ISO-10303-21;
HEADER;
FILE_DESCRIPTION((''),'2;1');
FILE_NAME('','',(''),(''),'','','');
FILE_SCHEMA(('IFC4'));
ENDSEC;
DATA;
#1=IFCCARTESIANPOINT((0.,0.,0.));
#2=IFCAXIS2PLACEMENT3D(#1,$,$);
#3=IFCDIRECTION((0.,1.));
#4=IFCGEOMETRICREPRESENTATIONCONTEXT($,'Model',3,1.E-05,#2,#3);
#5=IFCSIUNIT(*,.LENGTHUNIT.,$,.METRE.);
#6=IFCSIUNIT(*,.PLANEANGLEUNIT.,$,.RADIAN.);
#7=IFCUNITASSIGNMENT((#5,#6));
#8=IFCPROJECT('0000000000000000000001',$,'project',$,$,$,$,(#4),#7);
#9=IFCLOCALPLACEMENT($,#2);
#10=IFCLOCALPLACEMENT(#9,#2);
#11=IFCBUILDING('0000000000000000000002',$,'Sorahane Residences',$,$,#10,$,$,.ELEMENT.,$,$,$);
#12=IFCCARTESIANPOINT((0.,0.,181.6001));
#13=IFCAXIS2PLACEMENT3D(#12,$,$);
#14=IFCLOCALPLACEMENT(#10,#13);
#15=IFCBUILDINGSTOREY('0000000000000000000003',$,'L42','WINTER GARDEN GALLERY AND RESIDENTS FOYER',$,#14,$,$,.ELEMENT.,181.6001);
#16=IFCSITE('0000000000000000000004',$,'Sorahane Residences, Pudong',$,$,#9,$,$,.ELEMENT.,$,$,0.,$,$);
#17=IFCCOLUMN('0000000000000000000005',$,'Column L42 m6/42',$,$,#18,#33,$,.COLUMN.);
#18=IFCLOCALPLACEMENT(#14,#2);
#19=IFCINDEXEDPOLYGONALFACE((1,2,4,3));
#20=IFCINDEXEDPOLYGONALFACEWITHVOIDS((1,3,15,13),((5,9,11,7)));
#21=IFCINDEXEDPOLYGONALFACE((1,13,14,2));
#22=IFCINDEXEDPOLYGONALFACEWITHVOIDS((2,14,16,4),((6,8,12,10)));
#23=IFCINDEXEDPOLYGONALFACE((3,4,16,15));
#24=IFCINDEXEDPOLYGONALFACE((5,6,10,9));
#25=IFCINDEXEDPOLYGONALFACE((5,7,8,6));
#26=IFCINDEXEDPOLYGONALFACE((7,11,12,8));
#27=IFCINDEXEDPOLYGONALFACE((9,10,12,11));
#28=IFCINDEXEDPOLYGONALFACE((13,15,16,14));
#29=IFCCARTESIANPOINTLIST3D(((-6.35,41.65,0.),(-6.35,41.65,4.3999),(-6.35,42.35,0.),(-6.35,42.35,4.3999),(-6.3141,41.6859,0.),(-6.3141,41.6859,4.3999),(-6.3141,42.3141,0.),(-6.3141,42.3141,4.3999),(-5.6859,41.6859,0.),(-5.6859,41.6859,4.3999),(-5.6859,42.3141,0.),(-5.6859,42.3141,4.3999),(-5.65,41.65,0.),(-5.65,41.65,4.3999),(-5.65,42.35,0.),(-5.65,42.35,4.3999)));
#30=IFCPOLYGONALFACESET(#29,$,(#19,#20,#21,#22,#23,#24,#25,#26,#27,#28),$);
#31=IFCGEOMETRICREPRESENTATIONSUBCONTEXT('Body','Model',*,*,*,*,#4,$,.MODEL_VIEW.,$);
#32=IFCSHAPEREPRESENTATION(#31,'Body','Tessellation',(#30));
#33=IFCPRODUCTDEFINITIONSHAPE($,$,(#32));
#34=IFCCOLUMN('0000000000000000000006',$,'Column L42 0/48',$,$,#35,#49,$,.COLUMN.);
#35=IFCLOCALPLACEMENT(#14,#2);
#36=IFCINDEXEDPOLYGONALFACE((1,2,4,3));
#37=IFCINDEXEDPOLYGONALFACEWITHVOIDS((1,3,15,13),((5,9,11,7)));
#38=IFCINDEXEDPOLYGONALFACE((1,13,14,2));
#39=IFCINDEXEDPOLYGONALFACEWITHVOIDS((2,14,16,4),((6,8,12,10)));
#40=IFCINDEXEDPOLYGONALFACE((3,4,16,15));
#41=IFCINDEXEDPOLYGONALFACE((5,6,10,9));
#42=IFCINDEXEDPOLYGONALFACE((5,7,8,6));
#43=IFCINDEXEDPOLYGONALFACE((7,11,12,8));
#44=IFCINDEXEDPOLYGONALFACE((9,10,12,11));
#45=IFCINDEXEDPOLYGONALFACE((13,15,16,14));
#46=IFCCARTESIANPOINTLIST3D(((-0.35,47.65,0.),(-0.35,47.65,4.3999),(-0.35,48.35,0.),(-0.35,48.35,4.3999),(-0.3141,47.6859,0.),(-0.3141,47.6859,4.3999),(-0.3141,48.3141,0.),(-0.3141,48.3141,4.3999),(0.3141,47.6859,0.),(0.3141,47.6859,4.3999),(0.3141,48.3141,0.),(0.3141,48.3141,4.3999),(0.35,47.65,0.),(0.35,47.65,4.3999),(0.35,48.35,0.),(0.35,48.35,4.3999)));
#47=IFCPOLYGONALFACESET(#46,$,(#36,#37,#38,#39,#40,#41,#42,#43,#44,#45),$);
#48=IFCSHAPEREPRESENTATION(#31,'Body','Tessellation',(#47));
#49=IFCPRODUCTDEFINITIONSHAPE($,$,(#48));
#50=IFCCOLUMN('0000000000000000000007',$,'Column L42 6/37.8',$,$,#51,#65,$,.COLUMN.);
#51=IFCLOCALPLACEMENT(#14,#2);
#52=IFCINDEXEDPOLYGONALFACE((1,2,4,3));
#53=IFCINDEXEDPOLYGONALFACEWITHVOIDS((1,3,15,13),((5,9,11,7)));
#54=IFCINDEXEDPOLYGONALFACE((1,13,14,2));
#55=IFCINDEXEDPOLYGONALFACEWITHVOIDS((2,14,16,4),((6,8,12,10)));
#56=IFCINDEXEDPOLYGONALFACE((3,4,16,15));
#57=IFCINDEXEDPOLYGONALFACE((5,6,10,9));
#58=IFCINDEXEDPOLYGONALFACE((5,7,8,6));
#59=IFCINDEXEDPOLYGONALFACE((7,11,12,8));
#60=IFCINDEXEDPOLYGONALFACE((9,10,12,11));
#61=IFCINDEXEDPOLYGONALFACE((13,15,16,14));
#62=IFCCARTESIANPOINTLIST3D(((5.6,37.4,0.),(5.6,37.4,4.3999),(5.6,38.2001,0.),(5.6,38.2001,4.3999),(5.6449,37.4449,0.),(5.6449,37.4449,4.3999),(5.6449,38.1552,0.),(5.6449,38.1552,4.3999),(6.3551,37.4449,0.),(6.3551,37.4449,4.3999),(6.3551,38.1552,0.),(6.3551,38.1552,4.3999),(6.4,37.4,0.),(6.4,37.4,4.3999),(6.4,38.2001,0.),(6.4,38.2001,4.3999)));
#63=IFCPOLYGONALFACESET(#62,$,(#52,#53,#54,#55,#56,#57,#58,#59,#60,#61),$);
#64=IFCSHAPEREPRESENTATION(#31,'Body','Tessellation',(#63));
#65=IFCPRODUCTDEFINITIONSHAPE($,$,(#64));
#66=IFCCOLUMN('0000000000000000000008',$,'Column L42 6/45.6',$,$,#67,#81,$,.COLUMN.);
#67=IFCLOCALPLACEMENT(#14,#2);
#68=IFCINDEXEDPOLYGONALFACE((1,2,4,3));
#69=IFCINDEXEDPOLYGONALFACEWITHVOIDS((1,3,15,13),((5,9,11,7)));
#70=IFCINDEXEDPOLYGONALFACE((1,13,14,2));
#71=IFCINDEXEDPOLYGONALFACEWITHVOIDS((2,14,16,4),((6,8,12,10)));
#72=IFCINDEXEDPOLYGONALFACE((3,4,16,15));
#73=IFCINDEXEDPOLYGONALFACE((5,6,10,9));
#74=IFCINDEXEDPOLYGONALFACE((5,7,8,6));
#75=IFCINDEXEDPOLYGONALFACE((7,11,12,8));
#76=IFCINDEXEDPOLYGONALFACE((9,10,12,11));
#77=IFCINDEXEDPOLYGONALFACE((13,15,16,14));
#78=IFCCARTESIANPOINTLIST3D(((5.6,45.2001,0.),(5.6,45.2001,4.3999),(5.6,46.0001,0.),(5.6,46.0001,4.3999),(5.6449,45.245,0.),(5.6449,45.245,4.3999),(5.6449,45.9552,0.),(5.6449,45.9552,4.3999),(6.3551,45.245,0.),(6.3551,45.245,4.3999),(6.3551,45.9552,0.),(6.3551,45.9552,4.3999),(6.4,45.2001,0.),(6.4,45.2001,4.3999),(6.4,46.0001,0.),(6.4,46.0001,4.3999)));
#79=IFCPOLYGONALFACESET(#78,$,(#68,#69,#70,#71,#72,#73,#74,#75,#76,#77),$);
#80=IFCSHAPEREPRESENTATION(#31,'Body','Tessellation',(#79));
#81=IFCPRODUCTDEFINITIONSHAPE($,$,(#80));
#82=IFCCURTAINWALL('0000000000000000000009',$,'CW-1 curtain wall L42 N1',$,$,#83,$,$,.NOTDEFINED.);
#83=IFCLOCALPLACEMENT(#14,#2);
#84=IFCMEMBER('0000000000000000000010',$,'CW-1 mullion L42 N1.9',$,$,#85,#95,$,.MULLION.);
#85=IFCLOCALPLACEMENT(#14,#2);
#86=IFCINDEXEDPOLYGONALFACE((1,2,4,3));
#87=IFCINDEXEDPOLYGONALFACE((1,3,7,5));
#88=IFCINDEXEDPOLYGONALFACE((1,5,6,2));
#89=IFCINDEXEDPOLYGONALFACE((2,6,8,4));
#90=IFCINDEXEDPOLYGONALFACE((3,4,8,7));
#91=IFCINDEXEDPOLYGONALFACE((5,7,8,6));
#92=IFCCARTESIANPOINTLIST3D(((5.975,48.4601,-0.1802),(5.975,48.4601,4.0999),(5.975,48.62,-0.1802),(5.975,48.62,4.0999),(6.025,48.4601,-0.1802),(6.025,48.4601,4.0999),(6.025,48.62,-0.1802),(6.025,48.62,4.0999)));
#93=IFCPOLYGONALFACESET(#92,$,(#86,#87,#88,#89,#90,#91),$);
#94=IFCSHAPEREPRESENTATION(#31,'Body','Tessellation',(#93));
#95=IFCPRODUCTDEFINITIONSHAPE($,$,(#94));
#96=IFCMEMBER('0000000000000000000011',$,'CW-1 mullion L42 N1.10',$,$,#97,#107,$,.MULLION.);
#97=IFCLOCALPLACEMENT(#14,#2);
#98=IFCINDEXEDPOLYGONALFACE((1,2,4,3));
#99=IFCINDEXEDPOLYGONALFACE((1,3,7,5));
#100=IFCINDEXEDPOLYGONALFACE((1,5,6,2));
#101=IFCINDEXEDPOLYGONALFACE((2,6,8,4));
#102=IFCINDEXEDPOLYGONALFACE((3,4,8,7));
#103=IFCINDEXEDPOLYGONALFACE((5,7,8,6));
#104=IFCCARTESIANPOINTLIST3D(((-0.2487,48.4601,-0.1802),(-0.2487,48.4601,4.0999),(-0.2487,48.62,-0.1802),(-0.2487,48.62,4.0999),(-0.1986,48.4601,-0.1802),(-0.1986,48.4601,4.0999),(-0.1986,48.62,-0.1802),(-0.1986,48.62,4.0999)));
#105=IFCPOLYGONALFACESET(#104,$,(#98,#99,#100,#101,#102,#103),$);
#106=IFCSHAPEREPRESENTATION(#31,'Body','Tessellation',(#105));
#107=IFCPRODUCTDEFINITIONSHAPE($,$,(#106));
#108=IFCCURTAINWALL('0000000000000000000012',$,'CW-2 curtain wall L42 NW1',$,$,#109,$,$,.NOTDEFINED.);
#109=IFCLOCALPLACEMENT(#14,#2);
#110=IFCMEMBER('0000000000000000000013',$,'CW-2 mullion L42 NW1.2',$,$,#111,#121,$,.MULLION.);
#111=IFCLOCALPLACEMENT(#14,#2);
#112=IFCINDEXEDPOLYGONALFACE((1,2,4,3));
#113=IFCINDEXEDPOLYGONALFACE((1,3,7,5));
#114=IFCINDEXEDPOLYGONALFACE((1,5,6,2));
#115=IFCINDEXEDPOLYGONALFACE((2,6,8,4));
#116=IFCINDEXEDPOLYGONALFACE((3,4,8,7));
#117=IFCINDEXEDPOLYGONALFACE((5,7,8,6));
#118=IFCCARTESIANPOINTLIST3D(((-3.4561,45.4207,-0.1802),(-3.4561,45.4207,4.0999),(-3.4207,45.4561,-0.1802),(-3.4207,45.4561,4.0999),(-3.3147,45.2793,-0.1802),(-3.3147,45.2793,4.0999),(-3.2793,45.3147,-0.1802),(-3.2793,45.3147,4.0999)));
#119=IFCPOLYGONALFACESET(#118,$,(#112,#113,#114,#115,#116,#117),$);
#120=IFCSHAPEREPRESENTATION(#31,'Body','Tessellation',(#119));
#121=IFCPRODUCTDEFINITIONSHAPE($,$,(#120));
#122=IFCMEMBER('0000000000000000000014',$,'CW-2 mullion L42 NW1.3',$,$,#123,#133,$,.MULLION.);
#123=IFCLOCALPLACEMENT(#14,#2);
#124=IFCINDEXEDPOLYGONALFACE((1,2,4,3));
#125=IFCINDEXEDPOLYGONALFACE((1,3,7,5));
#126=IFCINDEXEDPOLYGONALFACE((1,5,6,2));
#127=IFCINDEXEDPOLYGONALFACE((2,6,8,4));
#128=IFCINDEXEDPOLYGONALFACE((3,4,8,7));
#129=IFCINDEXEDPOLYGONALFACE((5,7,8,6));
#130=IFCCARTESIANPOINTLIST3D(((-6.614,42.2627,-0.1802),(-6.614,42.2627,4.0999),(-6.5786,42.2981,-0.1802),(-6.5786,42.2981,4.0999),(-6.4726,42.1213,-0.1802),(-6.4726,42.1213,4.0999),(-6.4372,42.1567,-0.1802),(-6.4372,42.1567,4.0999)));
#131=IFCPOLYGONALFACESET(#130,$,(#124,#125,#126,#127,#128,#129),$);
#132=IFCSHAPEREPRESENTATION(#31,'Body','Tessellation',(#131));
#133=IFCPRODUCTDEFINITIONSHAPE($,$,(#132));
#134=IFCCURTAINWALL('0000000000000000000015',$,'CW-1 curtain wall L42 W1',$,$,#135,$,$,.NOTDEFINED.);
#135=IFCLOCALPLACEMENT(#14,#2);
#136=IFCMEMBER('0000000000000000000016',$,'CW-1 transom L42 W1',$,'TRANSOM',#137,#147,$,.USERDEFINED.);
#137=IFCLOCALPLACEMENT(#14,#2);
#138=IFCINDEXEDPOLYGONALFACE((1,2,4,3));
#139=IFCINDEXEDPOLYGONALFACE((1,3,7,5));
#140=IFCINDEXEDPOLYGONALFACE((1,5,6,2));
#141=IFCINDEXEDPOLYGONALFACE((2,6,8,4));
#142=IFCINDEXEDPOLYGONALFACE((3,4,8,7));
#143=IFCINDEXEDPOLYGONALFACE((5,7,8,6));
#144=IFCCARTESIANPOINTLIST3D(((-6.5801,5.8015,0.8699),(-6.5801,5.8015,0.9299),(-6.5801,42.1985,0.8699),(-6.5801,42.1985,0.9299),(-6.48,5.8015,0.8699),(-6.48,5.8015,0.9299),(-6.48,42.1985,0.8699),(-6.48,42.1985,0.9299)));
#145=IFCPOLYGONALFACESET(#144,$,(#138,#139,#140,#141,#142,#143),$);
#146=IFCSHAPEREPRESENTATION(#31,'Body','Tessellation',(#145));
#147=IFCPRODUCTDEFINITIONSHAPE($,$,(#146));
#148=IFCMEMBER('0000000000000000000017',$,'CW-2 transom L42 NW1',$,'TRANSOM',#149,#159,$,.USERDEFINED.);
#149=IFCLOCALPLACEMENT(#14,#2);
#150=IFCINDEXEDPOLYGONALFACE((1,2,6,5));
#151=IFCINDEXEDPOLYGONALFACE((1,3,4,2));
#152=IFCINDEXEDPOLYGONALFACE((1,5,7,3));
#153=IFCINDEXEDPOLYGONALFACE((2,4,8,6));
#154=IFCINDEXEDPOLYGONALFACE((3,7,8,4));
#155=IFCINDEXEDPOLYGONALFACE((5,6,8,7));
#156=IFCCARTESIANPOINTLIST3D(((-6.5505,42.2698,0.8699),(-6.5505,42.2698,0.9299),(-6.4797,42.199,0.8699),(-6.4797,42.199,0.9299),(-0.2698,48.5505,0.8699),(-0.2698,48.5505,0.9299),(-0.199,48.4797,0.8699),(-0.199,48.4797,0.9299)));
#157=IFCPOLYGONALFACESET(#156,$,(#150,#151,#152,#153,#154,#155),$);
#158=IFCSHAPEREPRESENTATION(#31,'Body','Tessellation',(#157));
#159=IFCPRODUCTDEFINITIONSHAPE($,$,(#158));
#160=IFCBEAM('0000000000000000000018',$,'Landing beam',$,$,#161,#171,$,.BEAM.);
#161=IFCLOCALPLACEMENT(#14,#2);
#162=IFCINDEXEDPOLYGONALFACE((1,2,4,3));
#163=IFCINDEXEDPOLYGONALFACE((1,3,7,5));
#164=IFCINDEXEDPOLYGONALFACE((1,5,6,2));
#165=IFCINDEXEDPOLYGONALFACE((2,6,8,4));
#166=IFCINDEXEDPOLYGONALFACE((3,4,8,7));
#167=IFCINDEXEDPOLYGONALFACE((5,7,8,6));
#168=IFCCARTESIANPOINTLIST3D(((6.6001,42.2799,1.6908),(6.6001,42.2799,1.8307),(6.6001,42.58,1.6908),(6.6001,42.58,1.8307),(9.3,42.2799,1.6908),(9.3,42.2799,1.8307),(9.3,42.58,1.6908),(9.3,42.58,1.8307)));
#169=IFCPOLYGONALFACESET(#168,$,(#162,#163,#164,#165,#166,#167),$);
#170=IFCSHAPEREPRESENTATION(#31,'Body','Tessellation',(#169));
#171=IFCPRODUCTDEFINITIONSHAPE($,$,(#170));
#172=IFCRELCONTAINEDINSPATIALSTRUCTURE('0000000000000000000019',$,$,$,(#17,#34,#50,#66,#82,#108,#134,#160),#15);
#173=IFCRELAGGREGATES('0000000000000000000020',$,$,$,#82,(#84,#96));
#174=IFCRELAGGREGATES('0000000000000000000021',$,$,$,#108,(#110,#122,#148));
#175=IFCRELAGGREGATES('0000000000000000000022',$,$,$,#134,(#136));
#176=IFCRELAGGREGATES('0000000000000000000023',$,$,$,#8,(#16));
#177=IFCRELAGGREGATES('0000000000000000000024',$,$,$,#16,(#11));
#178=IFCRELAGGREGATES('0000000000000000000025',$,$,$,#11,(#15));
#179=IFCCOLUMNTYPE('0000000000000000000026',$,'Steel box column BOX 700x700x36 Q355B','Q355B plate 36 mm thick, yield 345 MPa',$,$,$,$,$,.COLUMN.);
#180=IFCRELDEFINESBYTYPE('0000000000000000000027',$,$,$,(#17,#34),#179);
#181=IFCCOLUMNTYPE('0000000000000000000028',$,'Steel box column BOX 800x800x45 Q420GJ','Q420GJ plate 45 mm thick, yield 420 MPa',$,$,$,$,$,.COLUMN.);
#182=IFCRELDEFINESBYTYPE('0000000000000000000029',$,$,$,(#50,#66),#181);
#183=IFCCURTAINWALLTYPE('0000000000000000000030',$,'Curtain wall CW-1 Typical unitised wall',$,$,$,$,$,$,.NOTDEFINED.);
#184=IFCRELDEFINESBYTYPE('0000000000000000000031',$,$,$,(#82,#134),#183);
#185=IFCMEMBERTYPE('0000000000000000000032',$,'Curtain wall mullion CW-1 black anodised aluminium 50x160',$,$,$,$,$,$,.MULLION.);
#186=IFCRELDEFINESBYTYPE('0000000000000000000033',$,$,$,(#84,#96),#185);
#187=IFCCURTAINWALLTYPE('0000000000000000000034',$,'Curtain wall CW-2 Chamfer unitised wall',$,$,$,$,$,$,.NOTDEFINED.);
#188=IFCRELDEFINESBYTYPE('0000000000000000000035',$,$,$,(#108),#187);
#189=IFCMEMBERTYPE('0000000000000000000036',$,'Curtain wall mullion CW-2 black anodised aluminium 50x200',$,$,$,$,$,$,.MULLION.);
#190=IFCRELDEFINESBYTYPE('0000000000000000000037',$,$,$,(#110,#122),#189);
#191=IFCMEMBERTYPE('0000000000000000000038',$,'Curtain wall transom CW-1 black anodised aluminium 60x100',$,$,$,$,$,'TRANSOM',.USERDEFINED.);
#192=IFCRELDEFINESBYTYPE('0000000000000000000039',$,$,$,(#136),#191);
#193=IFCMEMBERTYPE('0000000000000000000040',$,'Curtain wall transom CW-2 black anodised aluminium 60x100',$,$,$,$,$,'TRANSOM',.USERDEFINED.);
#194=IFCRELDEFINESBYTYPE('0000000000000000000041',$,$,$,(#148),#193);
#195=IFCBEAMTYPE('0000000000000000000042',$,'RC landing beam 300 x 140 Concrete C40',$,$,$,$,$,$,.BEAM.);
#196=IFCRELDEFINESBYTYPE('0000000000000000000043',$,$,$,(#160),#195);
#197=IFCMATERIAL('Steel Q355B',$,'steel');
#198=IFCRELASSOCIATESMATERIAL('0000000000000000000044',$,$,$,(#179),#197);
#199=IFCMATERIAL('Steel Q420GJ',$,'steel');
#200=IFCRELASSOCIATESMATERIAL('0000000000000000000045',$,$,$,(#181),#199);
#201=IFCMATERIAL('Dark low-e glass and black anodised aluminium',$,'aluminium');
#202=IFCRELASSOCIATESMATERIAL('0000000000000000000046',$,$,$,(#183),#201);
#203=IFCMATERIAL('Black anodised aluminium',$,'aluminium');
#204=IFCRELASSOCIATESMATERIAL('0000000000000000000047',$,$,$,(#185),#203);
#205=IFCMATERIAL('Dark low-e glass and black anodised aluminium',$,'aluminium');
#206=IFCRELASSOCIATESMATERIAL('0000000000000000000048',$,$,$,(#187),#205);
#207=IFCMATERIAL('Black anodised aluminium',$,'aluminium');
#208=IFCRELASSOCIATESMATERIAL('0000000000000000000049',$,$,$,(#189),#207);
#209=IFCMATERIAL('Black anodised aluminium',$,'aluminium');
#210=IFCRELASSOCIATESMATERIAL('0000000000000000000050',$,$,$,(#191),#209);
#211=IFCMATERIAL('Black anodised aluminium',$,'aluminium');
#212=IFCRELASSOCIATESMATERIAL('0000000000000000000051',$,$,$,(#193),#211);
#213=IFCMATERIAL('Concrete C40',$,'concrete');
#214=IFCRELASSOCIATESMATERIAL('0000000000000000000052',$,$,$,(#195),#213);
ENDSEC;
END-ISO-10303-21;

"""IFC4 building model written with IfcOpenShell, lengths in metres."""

from ifc_helpers import new_model, si_unit, direction, frame, origin, origin_2d, place, context, subcontext, project, spatial, rectangle, hollow_rectangle, extrude, material, material_profile, profile_set, type_object, element, aggregate, save


model = new_model("IFC4")

# Units and contexts
model_context = context("Model", 3, precision=1e-05, world=origin(), true_north=direction((0.0, 1.0)))
body_context = subcontext(model_context, "Body", "Model", "MODEL_VIEW")
ifc_project = project(units=[si_unit("LENGTHUNIT", "METRE"), si_unit("PLANEANGLEUNIT", "RADIAN")], contexts=[model_context])

# Site, building, storey
site_placement = place(None, origin())
site = spatial("IfcSite", under=ifc_project, at=site_placement, Name="Sorahane Residences, Pudong", CompositionType="ELEMENT", RefElevation=0.0)
building_placement = place(site_placement, origin())
building = spatial("IfcBuilding", under=site, at=building_placement, Name="Sorahane Residences", CompositionType="ELEMENT")
storey_placement = place(building_placement, frame((0.0, 0.0, 181.6001)))
storey = spatial("IfcBuildingStorey", under=building, at=storey_placement, Name="L42", Description="WINTER GARDEN GALLERY AND RESIDENTS FOYER", CompositionType="ELEMENT", Elevation=181.6001)

# Columns
ifc_material_1 = material(Name="Steel Q355B", Category="steel")
ifc_material_profile_1 = material_profile(ifc_material_1, hollow_rectangle(XDim=0.7, YDim=0.7, WallThickness=0.0359, at=origin_2d()), Name="BOX 700x700x36")
ifc_profile_set_1 = profile_set([ifc_material_profile_1], Name="Steel Q355B")
column_type_1 = type_object("IfcColumnType", Name="Steel box column BOX 700x700x36 Q355B", Description="Q355B plate 36 mm thick, yield 345 MPa", PredefinedType="COLUMN", material=ifc_profile_set_1)
for number, where, z_axis, x_axis, name in (
    (1, (-6.0, 42.0, 0.0), (0.0, 0.0, 1.0), (1.0, 0.0, 0.0), "Column L42 m6/42"),
    (2, (0.0, 48.0, 0.0), (0.0, 0.0, 1.0), (1.0, 0.0, 0.0), "Column L42 0/48"),
):
    element("IfcColumn", number, at=place(storey_placement, frame(where, z_axis=z_axis, x_axis=x_axis)), inside=storey, type_object=column_type_1, Name=name, PredefinedType="COLUMN", context=body_context, shape_type="SweptSolid", body=[
        extrude(hollow_rectangle(XDim=0.7, YDim=0.7, WallThickness=0.0359, at=origin_2d()), origin(), (0.0, 0.0, 1.0), 4.3999),
    ])
ifc_material_2 = material(Name="Steel Q420GJ", Category="steel")
ifc_material_profile_2 = material_profile(ifc_material_2, hollow_rectangle(XDim=0.8, YDim=0.8, WallThickness=0.0449, at=origin_2d()), Name="BOX 800x800x45")
ifc_profile_set_2 = profile_set([ifc_material_profile_2], Name="Steel Q420GJ")
column_type_2 = type_object("IfcColumnType", Name="Steel box column BOX 800x800x45 Q420GJ", Description="Q420GJ plate 45 mm thick, yield 420 MPa", PredefinedType="COLUMN", material=ifc_profile_set_2)
for number, where, z_axis, x_axis, name in (
    (3, (6.0, 37.8, 0.0), (0.0, 0.0, 1.0), (1.0, 0.0, 0.0), "Column L42 6/37.8"),
    (4, (6.0, 45.6001, 0.0), (0.0, 0.0, 1.0), (1.0, 0.0, 0.0), "Column L42 6/45.6"),
):
    element("IfcColumn", number, at=place(storey_placement, frame(where, z_axis=z_axis, x_axis=x_axis)), inside=storey, type_object=column_type_2, Name=name, PredefinedType="COLUMN", context=body_context, shape_type="SweptSolid", body=[
        extrude(hollow_rectangle(XDim=0.8, YDim=0.8, WallThickness=0.0449, at=origin_2d()), origin(), (0.0, 0.0, 1.0), 4.3999),
    ])

# Curtain walls, members
ifc_material_3 = material(Name="Dark low-e glass and black anodised aluminium", Category="aluminium")
curtain_wall_type_1 = type_object("IfcCurtainWallType", Name="Curtain wall CW-1 Typical unitised wall", PredefinedType="NOTDEFINED", material=ifc_material_3)
curtain_wall_1_placement = place(storey_placement, origin())
curtain_wall_1 = element("IfcCurtainWall", 5, at=curtain_wall_1_placement, inside=storey, type_object=curtain_wall_type_1, Name="CW-1 curtain wall L42 N1", PredefinedType="NOTDEFINED")
ifc_material_4 = material(Name="Black anodised aluminium", Category="aluminium")
ifc_material_profile_3 = material_profile(ifc_material_4, rectangle(XDim=0.1599, YDim=0.05, at=origin_2d()), Name="Curtain wall mullion CW-1 black anodised aluminium 50x160")
ifc_profile_set_3 = profile_set([ifc_material_profile_3], Name="Black anodised aluminium")
member_type_1 = type_object("IfcMemberType", Name="Curtain wall mullion CW-1 black anodised aluminium 50x160", PredefinedType="MULLION", material=ifc_profile_set_3)
member_1_placement = place(storey_placement, frame((6.0, 48.54, -0.1802), z_axis=(0.0, 0.0, 1.0), x_axis=(0.0, 1.0, 0.0)))
member_1 = element("IfcMember", 6, at=member_1_placement, type_object=member_type_1, Name="CW-1 mullion L42 N1.9", PredefinedType="MULLION", context=body_context, shape_type="SweptSolid", body=[
    extrude(rectangle(XDim=0.1599, YDim=0.05, at=origin_2d()), origin(), (0.0, 0.0, 1.0), 4.28),
])
member_2_placement = place(storey_placement, frame((-0.2236, 48.54, -0.1802), z_axis=(0.0, 0.0, 1.0), x_axis=(0.0, 1.0, 0.0)))
member_2 = element("IfcMember", 7, at=member_2_placement, type_object=member_type_1, Name="CW-1 mullion L42 N1.10", PredefinedType="MULLION", context=body_context, shape_type="SweptSolid", body=[
    extrude(rectangle(XDim=0.1599, YDim=0.05, at=origin_2d()), origin(), (0.0, 0.0, 1.0), 4.28),
])
ifc_material_5 = material(Name="Dark low-e glass and black anodised aluminium", Category="aluminium")
curtain_wall_type_2 = type_object("IfcCurtainWallType", Name="Curtain wall CW-2 Chamfer unitised wall", PredefinedType="NOTDEFINED", material=ifc_material_5)
curtain_wall_2_placement = place(storey_placement, origin())
curtain_wall_2 = element("IfcCurtainWall", 8, at=curtain_wall_2_placement, inside=storey, type_object=curtain_wall_type_2, Name="CW-2 curtain wall L42 NW1", PredefinedType="NOTDEFINED")
ifc_material_6 = material(Name="Black anodised aluminium", Category="aluminium")
ifc_material_profile_4 = material_profile(ifc_material_6, rectangle(XDim=0.2, YDim=0.05, at=origin_2d()), Name="Curtain wall mullion CW-2 black anodised aluminium 50x200")
ifc_profile_set_4 = profile_set([ifc_material_profile_4], Name="Black anodised aluminium")
member_type_2 = type_object("IfcMemberType", Name="Curtain wall mullion CW-2 black anodised aluminium 50x200", PredefinedType="MULLION", material=ifc_profile_set_4)
member_3_placement = place(storey_placement, frame((-3.3677, 45.3677, -0.1802), z_axis=(0.0, 0.0, 1.0), x_axis=(-0.707107, 0.707107, 0.0)))
member_3 = element("IfcMember", 9, at=member_3_placement, type_object=member_type_2, Name="CW-2 mullion L42 NW1.2", PredefinedType="MULLION", context=body_context, shape_type="SweptSolid", body=[
    extrude(rectangle(XDim=0.2, YDim=0.05, at=origin_2d()), origin(), (0.0, 0.0, 1.0), 4.28),
])
member_4_placement = place(storey_placement, frame((-6.5256, 42.2097, -0.1802), z_axis=(0.0, 0.0, 1.0), x_axis=(-0.707107, 0.707107, 0.0)))
member_4 = element("IfcMember", 10, at=member_4_placement, type_object=member_type_2, Name="CW-2 mullion L42 NW1.3", PredefinedType="MULLION", context=body_context, shape_type="SweptSolid", body=[
    extrude(rectangle(XDim=0.2, YDim=0.05, at=origin_2d()), origin(), (0.0, 0.0, 1.0), 4.28),
])

# Curtain wall, member
curtain_wall_3_placement = place(storey_placement, origin())
curtain_wall_3 = element("IfcCurtainWall", 11, at=curtain_wall_3_placement, inside=storey, type_object=curtain_wall_type_1, Name="CW-1 curtain wall L42 W1", PredefinedType="NOTDEFINED")
ifc_material_7 = material(Name="Black anodised aluminium", Category="aluminium")
ifc_material_profile_5 = material_profile(ifc_material_7, rectangle(XDim=0.1001, YDim=0.0601, at=origin_2d()), Name="Curtain wall transom CW-1 black anodised aluminium 60x100")
ifc_profile_set_5 = profile_set([ifc_material_profile_5], Name="Black anodised aluminium")
member_type_3 = type_object("IfcMemberType", Name="Curtain wall transom CW-1 black anodised aluminium 60x100", ElementType="TRANSOM", PredefinedType="USERDEFINED", material=ifc_profile_set_5)
member_5_placement = place(storey_placement, frame((-6.53, 42.1985, 0.8999), z_axis=(0.0, -1.0, 0.0), x_axis=(1.0, 0.0, 0.0)))
member_5 = element("IfcMember", 12, at=member_5_placement, type_object=member_type_3, Name="CW-1 transom L42 W1", ObjectType="TRANSOM", PredefinedType="USERDEFINED", context=body_context, shape_type="SweptSolid", body=[
    extrude(rectangle(XDim=0.1001, YDim=0.0601, at=origin_2d()), origin(), (0.0, 0.0, 1.0), 36.397),
])

# Member
ifc_material_8 = material(Name="Black anodised aluminium", Category="aluminium")
ifc_material_profile_6 = material_profile(ifc_material_8, rectangle(XDim=0.1001, YDim=0.0601, at=origin_2d()), Name="Curtain wall transom CW-2 black anodised aluminium 60x100")
ifc_profile_set_6 = profile_set([ifc_material_profile_6], Name="Black anodised aluminium")
member_type_4 = type_object("IfcMemberType", Name="Curtain wall transom CW-2 black anodised aluminium 60x100", ElementType="TRANSOM", PredefinedType="USERDEFINED", material=ifc_profile_set_6)
member_6_placement = place(storey_placement, frame((-0.2344, 48.5151, 0.8999), z_axis=(-0.707107, -0.707107, 0.0), x_axis=(0.707107, -0.707107, 0.0)))
member_6 = element("IfcMember", 13, at=member_6_placement, type_object=member_type_4, Name="CW-2 transom L42 NW1", ObjectType="TRANSOM", PredefinedType="USERDEFINED", context=body_context, shape_type="SweptSolid", body=[
    extrude(rectangle(XDim=0.1001, YDim=0.0601, at=origin_2d()), origin(), (0.0, 0.0, 1.0), 8.8823),
])

# Beam
ifc_material_9 = material(Name="Concrete C40", Category="concrete")
ifc_material_profile_7 = material_profile(ifc_material_9, rectangle(XDim=0.3, YDim=0.1399, at=origin_2d()), Name="300x140")
ifc_profile_set_7 = profile_set([ifc_material_profile_7], Name="Concrete C40")
beam_type_1 = type_object("IfcBeamType", Name="RC landing beam 300 x 140 Concrete C40", PredefinedType="BEAM", material=ifc_profile_set_7)
beam_1_placement = place(storey_placement, frame((6.6001, 42.4299, 1.7607), z_axis=(1.0, 0.0, 0.0), x_axis=(0.0, 1.0, 0.0)))
element("IfcBeam", 14, at=beam_1_placement, inside=storey, type_object=beam_type_1, Name="Landing beam", PredefinedType="BEAM", context=body_context, shape_type="SweptSolid", body=[
    extrude(rectangle(XDim=0.3, YDim=0.1399, at=origin_2d()), origin(), (0.0, 0.0, 1.0), 2.7),
])

aggregate(curtain_wall_1, [member_1, member_2])
aggregate(curtain_wall_2, [member_3, member_4, member_6])
aggregate(curtain_wall_3, [member_5])

save(model, "model.ifc")
